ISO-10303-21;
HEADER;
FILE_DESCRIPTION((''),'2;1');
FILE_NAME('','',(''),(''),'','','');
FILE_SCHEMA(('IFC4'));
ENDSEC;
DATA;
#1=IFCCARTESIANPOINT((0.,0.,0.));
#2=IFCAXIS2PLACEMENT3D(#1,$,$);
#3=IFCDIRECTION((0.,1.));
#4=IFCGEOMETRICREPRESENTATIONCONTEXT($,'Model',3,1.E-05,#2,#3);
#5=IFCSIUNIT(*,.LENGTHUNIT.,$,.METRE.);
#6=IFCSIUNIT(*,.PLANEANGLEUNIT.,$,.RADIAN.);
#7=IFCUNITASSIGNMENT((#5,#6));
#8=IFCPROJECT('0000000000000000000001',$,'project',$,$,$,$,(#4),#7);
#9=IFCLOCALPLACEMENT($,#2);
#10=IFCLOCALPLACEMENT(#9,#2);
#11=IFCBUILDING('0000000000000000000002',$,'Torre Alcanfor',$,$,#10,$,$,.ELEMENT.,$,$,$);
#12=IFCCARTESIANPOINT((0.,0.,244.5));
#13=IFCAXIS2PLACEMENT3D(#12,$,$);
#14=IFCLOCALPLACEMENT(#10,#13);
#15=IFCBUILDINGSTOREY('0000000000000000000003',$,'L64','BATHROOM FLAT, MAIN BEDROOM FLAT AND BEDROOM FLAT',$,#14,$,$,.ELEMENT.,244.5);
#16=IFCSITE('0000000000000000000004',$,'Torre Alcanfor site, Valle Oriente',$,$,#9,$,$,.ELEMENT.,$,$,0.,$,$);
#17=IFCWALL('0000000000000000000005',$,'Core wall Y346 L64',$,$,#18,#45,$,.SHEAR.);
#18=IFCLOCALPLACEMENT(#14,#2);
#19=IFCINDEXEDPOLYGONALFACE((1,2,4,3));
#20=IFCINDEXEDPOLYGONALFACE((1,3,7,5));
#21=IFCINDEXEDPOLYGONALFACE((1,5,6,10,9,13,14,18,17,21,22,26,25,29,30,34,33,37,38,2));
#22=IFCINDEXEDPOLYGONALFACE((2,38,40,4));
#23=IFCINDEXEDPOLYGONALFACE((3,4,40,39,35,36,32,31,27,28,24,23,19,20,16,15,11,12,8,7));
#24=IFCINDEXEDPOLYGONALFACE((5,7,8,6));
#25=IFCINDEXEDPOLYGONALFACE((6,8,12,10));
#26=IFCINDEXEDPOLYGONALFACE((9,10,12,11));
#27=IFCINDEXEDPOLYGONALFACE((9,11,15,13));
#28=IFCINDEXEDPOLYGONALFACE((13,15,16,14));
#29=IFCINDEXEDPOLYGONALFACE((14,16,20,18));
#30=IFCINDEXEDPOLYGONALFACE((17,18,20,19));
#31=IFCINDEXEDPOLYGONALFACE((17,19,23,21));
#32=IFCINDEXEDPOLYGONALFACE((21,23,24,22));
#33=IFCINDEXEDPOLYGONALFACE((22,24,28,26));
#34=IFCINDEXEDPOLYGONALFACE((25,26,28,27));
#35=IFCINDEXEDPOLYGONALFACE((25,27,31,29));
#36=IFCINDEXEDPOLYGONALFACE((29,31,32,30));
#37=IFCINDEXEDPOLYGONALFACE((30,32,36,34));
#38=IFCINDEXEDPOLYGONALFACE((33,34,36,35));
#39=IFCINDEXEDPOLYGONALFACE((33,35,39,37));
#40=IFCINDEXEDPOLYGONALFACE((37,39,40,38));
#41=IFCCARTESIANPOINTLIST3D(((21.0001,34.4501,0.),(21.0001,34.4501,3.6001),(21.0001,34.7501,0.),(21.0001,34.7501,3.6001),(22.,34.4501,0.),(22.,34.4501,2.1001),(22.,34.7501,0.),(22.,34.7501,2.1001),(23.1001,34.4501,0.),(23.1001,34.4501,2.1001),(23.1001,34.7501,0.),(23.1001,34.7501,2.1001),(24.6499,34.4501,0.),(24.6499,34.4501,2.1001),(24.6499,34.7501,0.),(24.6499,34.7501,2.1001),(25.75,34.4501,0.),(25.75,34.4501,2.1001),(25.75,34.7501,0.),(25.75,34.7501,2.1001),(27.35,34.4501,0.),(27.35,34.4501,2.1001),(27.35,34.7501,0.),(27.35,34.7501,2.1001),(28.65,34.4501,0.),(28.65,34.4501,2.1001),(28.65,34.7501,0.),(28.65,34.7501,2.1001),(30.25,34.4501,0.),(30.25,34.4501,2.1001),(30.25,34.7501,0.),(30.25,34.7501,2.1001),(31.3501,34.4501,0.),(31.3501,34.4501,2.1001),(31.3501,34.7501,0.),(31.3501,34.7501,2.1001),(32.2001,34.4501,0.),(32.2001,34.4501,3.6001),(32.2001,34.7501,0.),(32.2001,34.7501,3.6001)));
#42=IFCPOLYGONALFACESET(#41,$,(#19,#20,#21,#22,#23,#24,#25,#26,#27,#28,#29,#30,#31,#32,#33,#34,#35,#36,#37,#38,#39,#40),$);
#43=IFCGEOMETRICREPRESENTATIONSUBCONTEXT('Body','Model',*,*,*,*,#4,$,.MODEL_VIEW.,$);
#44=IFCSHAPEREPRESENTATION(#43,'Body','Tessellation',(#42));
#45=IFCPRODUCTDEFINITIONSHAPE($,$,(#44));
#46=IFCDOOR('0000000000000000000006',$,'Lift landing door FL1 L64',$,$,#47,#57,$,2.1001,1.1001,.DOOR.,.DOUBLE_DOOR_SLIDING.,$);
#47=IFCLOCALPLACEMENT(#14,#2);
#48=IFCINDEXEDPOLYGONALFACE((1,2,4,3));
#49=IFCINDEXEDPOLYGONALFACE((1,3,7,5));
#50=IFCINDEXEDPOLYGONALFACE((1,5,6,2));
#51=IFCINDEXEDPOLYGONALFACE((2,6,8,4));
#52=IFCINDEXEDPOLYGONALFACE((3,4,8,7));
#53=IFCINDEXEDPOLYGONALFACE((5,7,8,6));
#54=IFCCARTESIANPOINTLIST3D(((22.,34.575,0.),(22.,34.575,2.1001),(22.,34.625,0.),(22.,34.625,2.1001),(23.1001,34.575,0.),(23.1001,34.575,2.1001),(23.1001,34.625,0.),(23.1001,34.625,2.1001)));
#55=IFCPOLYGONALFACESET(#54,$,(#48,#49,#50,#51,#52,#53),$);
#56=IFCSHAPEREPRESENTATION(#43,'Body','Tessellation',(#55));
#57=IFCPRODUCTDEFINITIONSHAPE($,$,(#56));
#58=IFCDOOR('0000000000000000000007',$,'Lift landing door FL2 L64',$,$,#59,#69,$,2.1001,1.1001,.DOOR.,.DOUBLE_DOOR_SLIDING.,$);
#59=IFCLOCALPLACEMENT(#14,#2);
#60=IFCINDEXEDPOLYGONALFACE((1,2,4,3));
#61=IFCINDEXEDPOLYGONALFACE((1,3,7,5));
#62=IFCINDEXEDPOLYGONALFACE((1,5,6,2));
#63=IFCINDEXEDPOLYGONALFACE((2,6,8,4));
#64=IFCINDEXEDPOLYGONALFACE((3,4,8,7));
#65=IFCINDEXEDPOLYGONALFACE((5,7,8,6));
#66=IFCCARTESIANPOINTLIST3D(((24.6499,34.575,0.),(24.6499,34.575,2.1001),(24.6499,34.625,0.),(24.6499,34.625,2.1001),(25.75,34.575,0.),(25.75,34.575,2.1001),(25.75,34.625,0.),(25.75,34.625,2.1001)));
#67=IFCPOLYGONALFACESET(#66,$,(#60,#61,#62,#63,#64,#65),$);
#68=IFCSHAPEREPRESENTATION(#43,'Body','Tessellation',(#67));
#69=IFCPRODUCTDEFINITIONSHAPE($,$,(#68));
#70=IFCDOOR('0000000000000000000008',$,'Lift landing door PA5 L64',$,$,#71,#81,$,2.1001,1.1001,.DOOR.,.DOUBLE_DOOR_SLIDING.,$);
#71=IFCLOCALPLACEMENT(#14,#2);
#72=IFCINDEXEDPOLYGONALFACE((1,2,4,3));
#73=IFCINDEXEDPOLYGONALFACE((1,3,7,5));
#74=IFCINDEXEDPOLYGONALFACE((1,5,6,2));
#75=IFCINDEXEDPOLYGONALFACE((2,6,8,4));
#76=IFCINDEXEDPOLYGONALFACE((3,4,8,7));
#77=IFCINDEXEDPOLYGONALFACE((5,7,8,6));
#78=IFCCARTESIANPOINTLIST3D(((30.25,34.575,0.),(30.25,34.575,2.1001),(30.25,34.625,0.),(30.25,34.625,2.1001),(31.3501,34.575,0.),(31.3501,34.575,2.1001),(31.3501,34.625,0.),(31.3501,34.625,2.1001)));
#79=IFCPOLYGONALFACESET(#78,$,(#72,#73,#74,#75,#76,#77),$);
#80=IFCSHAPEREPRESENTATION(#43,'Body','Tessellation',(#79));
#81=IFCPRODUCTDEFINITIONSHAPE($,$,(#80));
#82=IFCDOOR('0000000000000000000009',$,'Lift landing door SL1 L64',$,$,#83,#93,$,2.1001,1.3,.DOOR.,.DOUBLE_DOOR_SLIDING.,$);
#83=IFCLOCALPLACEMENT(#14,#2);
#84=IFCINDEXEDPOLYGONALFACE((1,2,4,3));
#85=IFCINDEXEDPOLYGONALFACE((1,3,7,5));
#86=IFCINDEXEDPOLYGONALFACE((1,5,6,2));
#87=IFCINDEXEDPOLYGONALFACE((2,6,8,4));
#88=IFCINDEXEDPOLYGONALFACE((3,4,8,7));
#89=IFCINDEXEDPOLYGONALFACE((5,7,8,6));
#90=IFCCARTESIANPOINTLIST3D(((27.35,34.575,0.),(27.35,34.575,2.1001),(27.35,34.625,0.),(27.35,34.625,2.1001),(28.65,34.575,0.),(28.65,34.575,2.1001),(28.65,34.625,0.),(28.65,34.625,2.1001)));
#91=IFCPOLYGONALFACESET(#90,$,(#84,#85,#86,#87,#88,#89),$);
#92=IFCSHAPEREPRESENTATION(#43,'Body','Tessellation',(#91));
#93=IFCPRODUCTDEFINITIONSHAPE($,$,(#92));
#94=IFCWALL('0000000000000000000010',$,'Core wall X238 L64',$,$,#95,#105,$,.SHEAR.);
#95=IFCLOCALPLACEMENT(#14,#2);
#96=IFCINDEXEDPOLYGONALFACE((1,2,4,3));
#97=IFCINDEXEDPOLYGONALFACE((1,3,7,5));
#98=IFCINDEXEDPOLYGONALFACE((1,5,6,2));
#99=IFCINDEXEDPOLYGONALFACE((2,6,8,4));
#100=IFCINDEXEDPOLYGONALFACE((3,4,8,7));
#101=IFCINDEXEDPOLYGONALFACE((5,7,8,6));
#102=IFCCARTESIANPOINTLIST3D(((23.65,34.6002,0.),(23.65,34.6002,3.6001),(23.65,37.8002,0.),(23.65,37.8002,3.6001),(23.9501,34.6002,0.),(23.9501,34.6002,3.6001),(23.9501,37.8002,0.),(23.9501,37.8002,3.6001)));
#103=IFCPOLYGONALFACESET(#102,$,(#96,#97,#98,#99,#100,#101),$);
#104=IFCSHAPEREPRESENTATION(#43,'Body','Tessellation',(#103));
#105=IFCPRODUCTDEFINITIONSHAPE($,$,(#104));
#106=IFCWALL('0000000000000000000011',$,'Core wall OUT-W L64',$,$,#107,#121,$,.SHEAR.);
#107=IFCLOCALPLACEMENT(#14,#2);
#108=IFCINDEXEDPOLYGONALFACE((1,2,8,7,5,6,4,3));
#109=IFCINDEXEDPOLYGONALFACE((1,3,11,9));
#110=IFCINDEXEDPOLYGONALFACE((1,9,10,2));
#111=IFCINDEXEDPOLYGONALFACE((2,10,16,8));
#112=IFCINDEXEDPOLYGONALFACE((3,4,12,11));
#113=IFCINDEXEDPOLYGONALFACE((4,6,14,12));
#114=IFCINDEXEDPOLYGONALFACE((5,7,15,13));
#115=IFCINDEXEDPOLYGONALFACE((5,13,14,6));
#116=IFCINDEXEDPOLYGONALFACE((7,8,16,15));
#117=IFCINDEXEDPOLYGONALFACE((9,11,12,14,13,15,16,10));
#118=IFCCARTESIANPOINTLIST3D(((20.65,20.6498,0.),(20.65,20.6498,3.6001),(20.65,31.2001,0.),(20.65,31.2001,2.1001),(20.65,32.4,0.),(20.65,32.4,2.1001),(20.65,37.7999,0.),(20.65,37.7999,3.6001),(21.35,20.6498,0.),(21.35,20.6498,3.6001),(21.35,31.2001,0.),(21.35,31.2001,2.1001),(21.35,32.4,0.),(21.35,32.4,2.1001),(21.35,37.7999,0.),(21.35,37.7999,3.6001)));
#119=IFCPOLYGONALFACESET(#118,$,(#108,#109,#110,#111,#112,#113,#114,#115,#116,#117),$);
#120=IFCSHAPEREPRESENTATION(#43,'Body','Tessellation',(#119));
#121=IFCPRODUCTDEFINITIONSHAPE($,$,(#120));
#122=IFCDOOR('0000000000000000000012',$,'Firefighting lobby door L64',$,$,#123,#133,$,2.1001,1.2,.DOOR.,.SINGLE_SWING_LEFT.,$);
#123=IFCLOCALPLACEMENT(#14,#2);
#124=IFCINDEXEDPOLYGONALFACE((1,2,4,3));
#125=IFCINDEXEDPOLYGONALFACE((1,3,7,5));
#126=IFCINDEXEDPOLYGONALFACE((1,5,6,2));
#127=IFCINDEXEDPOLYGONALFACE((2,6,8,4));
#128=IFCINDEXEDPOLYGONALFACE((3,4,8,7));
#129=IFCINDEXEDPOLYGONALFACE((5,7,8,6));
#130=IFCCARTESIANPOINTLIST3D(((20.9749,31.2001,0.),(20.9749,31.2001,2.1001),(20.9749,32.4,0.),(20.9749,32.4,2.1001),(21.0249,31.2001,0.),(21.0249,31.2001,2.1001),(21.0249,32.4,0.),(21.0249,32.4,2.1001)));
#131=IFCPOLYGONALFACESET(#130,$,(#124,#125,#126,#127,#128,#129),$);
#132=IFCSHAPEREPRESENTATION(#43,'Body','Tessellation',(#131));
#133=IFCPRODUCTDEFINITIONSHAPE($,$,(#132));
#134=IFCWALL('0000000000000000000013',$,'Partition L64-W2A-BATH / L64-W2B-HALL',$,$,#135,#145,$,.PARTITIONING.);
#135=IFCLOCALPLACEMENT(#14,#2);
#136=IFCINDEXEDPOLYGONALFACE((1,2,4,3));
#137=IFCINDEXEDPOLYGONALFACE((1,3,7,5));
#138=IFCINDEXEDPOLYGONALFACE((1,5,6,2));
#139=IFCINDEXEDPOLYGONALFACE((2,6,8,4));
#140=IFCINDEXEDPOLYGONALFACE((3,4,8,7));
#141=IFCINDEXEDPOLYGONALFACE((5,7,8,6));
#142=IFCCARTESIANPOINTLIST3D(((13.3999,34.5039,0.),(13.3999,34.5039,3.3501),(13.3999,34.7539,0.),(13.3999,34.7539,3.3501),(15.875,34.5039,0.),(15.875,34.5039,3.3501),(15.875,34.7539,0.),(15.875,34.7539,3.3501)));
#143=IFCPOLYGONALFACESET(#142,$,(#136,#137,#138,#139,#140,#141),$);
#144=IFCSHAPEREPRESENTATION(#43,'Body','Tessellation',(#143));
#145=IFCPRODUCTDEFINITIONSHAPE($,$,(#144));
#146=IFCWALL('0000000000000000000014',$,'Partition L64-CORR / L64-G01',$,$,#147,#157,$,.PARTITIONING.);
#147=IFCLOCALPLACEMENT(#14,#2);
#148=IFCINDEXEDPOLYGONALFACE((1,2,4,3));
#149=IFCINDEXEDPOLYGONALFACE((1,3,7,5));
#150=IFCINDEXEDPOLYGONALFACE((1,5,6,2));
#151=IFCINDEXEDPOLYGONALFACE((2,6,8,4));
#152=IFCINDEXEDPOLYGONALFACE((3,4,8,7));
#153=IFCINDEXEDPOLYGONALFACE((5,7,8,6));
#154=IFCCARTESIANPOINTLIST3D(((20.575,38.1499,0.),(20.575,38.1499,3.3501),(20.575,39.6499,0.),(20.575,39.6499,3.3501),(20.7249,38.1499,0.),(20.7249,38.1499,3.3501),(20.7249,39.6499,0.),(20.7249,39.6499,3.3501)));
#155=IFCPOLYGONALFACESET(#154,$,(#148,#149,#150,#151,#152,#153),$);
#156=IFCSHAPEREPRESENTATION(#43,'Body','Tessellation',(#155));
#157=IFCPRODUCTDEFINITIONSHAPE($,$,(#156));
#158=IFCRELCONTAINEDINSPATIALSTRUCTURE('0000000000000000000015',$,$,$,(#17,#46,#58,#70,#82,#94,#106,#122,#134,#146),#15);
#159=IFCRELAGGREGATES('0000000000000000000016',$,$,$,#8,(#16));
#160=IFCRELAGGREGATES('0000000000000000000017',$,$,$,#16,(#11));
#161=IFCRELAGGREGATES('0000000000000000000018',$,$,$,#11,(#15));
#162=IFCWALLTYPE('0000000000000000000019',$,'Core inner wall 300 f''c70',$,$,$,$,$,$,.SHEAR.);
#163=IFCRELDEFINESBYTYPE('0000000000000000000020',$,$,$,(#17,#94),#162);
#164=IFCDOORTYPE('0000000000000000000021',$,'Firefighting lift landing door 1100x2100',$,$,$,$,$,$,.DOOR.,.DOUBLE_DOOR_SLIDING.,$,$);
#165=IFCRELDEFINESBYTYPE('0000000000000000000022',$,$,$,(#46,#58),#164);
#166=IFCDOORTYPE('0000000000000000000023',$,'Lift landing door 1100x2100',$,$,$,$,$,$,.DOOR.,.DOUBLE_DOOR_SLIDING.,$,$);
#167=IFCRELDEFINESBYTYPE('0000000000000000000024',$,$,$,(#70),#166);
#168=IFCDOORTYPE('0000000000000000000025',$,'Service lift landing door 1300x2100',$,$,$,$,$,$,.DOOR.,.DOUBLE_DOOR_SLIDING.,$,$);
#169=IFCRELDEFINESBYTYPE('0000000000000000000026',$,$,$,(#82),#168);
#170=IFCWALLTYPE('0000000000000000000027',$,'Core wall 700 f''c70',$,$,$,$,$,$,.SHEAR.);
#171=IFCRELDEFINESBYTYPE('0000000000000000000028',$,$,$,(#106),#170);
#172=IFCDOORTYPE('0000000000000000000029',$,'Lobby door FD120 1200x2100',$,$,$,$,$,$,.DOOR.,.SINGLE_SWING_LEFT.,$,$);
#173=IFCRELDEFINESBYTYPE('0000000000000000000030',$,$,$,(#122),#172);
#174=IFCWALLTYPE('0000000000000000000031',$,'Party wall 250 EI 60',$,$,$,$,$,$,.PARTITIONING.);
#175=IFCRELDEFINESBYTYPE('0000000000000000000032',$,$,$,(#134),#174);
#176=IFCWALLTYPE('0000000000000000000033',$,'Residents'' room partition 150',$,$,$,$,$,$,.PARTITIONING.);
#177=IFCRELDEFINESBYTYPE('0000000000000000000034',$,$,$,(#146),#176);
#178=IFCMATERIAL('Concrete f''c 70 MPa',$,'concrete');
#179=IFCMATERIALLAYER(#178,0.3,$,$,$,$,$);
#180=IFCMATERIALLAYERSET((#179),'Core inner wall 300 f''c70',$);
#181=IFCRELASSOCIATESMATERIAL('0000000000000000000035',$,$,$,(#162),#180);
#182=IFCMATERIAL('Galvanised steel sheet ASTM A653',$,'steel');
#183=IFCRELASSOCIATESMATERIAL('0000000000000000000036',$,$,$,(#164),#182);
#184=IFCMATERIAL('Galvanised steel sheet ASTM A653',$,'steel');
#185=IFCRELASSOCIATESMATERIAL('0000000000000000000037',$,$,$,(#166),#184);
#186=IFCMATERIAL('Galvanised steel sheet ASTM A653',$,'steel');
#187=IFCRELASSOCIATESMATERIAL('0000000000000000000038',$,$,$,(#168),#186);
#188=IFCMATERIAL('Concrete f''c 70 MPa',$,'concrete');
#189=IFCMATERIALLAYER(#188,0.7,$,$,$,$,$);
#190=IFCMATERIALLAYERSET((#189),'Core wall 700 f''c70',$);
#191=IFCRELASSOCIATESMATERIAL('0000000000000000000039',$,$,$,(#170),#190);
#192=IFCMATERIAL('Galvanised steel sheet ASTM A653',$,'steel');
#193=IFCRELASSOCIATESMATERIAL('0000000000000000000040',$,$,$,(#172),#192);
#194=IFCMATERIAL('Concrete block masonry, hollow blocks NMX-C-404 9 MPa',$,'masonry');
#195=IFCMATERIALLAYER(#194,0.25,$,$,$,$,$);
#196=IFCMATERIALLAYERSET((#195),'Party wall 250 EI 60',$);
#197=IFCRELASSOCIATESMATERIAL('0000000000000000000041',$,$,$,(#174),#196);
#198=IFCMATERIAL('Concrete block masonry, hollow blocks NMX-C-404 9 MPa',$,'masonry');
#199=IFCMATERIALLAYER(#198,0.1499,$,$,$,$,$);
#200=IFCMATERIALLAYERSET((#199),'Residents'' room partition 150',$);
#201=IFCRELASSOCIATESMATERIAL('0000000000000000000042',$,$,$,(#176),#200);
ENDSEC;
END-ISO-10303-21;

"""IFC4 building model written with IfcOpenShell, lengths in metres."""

from ifc_helpers import new_model, si_unit, direction, frame, frame_2d, origin, place, context, subcontext, project, spatial, rectangle, extrude, material, layer, layer_set, type_object, element, fill, save


model = new_model("IFC4")

# Units and contexts
model_context = context("Model", 3, precision=1e-05, world=origin(), true_north=direction((0.0, 1.0)))
body_context = subcontext(model_context, "Body", "Model", "MODEL_VIEW")
ifc_project = project(units=[si_unit("LENGTHUNIT", "METRE"), si_unit("PLANEANGLEUNIT", "RADIAN")], contexts=[model_context])

# Site, building, storey
site_placement = place(None, origin())
site = spatial("IfcSite", under=ifc_project, at=site_placement, Name="Torre Alcanfor site, Valle Oriente", CompositionType="ELEMENT", RefElevation=0.0)
building_placement = place(site_placement, origin())
building = spatial("IfcBuilding", under=site, at=building_placement, Name="Torre Alcanfor", CompositionType="ELEMENT")
storey_placement = place(building_placement, frame((0.0, 0.0, 244.5)))
storey = spatial("IfcBuildingStorey", under=building, at=storey_placement, Name="L64", Description="BATHROOM FLAT, MAIN BEDROOM FLAT AND BEDROOM FLAT", CompositionType="ELEMENT", Elevation=244.5)

# Wall, openings, doors
ifc_material_1 = material(Name="Concrete f'c 70 MPa", Category="concrete")
ifc_layer_1 = layer(ifc_material_1, 0.3)
ifc_layer_set_1 = layer_set([ifc_layer_1], Name="Core inner wall 300 f'c70")
wall_type_1 = type_object("IfcWallType", Name="Core inner wall 300 f'c70", PredefinedType="SHEAR", material=ifc_layer_set_1)
wall_1_placement = place(storey_placement, frame((21.0, 34.6001, 0.0), z_axis=(0.0, 0.0, 1.0), x_axis=(1.0, 0.0, 0.0)))
wall_1 = element("IfcWall", 1, at=wall_1_placement, inside=storey, type_object=wall_type_1, Name="Core wall Y346 L64", PredefinedType="SHEAR", context=body_context, shape_type="SweptSolid", body=[
    extrude(rectangle(XDim=11.2, YDim=0.3, at=frame_2d((5.6001, 0.0))), origin(), (0.0, 0.0, 1.0), 3.6001),
])
opening_1_placement = place(wall_1_placement, frame((9.25, 0.0, 0.0)))
opening_1 = element("IfcOpeningElement", 2, at=opening_1_placement, cuts=wall_1, PredefinedType="OPENING", context=body_context, shape_type="SweptSolid", body=[
    extrude(rectangle(XDim=1.1001, YDim=2.1001, at=frame_2d((0.55, 1.05))), frame((0.0, 0.1599, 0.0), z_axis=(0.0, -1.0, 0.0), x_axis=(1.0, 0.0, 0.0)), (0.0, 0.0, 1.0), 0.3201),
])
opening_2_placement = place(wall_1_placement, frame((1.0, 0.0, 0.0)))
opening_2 = element("IfcOpeningElement", 3, at=opening_2_placement, cuts=wall_1, PredefinedType="OPENING", context=body_context, shape_type="SweptSolid", body=[
    extrude(rectangle(XDim=1.1001, YDim=2.1001, at=frame_2d((0.55, 1.05))), frame((0.0, 0.1599, 0.0), z_axis=(0.0, -1.0, 0.0), x_axis=(1.0, 0.0, 0.0)), (0.0, 0.0, 1.0), 0.3201),
])
opening_3_placement = place(wall_1_placement, frame((3.6499, 0.0, 0.0)))
opening_3 = element("IfcOpeningElement", 4, at=opening_3_placement, cuts=wall_1, PredefinedType="OPENING", context=body_context, shape_type="SweptSolid", body=[
    extrude(rectangle(XDim=1.1001, YDim=2.1001, at=frame_2d((0.55, 1.05))), frame((0.0, 0.1599, 0.0), z_axis=(0.0, -1.0, 0.0), x_axis=(1.0, 0.0, 0.0)), (0.0, 0.0, 1.0), 0.3201),
])
opening_4_placement = place(wall_1_placement, frame((6.3501, 0.0, 0.0)))
opening_4 = element("IfcOpeningElement", 5, at=opening_4_placement, cuts=wall_1, PredefinedType="OPENING", context=body_context, shape_type="SweptSolid", body=[
    extrude(rectangle(XDim=1.3, YDim=2.1001, at=frame_2d((0.6499, 1.05))), frame((0.0, 0.1599, 0.0), z_axis=(0.0, -1.0, 0.0), x_axis=(1.0, 0.0, 0.0)), (0.0, 0.0, 1.0), 0.3201),
])
ifc_material_2 = material(Name="Galvanised steel sheet ASTM A653", Category="steel")
door_type_1 = type_object("IfcDoorType", Name="Firefighting lift landing door 1100x2100", OperationType="DOUBLE_DOOR_SLIDING", PredefinedType="DOOR", material=ifc_material_2)
door_1_placement = place(opening_2_placement, origin())
door_1 = element("IfcDoor", 6, at=door_1_placement, inside=storey, type_object=door_type_1, Name="Lift landing door FL1 L64", OperationType="DOUBLE_DOOR_SLIDING", OverallHeight=2.1001, OverallWidth=1.1001, PredefinedType="DOOR", context=body_context, shape_type="SweptSolid", body=[
    extrude(rectangle(XDim=1.1001, YDim=2.1001, at=frame_2d((0.55, 1.05))), frame((0.0, 0.0249, 0.0), z_axis=(0.0, -1.0, 0.0), x_axis=(1.0, 0.0, 0.0)), (0.0, 0.0, 1.0), 0.05),
])
fill(opening_2, door_1)
door_2_placement = place(opening_3_placement, origin())
door_2 = element("IfcDoor", 7, at=door_2_placement, inside=storey, type_object=door_type_1, Name="Lift landing door FL2 L64", OperationType="DOUBLE_DOOR_SLIDING", OverallHeight=2.1001, OverallWidth=1.1001, PredefinedType="DOOR", context=body_context, shape_type="SweptSolid", body=[
    extrude(rectangle(XDim=1.1001, YDim=2.1001, at=frame_2d((0.55, 1.05))), frame((0.0, 0.0249, 0.0), z_axis=(0.0, -1.0, 0.0), x_axis=(1.0, 0.0, 0.0)), (0.0, 0.0, 1.0), 0.05),
])
fill(opening_3, door_2)
ifc_material_3 = material(Name="Galvanised steel sheet ASTM A653", Category="steel")
door_type_2 = type_object("IfcDoorType", Name="Lift landing door 1100x2100", OperationType="DOUBLE_DOOR_SLIDING", PredefinedType="DOOR", material=ifc_material_3)
door_3_placement = place(opening_1_placement, origin())
door_3 = element("IfcDoor", 8, at=door_3_placement, inside=storey, type_object=door_type_2, Name="Lift landing door PA5 L64", OperationType="DOUBLE_DOOR_SLIDING", OverallHeight=2.1001, OverallWidth=1.1001, PredefinedType="DOOR", context=body_context, shape_type="SweptSolid", body=[
    extrude(rectangle(XDim=1.1001, YDim=2.1001, at=frame_2d((0.55, 1.05))), frame((0.0, 0.0249, 0.0), z_axis=(0.0, -1.0, 0.0), x_axis=(1.0, 0.0, 0.0)), (0.0, 0.0, 1.0), 0.05),
])
fill(opening_1, door_3)
ifc_material_4 = material(Name="Galvanised steel sheet ASTM A653", Category="steel")
door_type_3 = type_object("IfcDoorType", Name="Service lift landing door 1300x2100", OperationType="DOUBLE_DOOR_SLIDING", PredefinedType="DOOR", material=ifc_material_4)
door_4_placement = place(opening_4_placement, origin())
door_4 = element("IfcDoor", 9, at=door_4_placement, inside=storey, type_object=door_type_3, Name="Lift landing door SL1 L64", OperationType="DOUBLE_DOOR_SLIDING", OverallHeight=2.1001, OverallWidth=1.3, PredefinedType="DOOR", context=body_context, shape_type="SweptSolid", body=[
    extrude(rectangle(XDim=1.3, YDim=2.1001, at=frame_2d((0.6499, 1.05))), frame((0.0, 0.0249, 0.0), z_axis=(0.0, -1.0, 0.0), x_axis=(1.0, 0.0, 0.0)), (0.0, 0.0, 1.0), 0.05),
])
fill(opening_4, door_4)

# Wall
wall_2_placement = place(storey_placement, frame((23.8, 34.6001, 0.0), z_axis=(0.0, 0.0, 1.0), x_axis=(0.0, 1.0, 0.0)))
element("IfcWall", 10, at=wall_2_placement, inside=storey, type_object=wall_type_1, Name="Core wall X238 L64", PredefinedType="SHEAR", context=body_context, shape_type="SweptSolid", body=[
    extrude(rectangle(XDim=3.2, YDim=0.3, at=frame_2d((1.6001, 0.0))), origin(), (0.0, 0.0, 1.0), 3.6001),
])

# Wall, opening, door
ifc_material_5 = material(Name="Concrete f'c 70 MPa", Category="concrete")
ifc_layer_2 = layer(ifc_material_5, 0.7)
ifc_layer_set_2 = layer_set([ifc_layer_2], Name="Core wall 700 f'c70")
wall_type_2 = type_object("IfcWallType", Name="Core wall 700 f'c70", PredefinedType="SHEAR", material=ifc_layer_set_2)
wall_3_placement = place(storey_placement, frame((21.0, 37.8, 0.0), z_axis=(0.0, 0.0, 1.0), x_axis=(0.0, -1.0, 0.0)))
wall_3 = element("IfcWall", 11, at=wall_3_placement, inside=storey, type_object=wall_type_2, Name="Core wall OUT-W L64", PredefinedType="SHEAR", context=body_context, shape_type="SweptSolid", body=[
    extrude(rectangle(XDim=17.1501, YDim=0.7, at=frame_2d((8.5752, 0.0))), origin(), (0.0, 0.0, 1.0), 3.6001),
])
opening_5_placement = place(wall_3_placement, frame((5.3999, 0.0, 0.0)))
opening_5 = element("IfcOpeningElement", 12, at=opening_5_placement, cuts=wall_3, PredefinedType="OPENING", context=body_context, shape_type="SweptSolid", body=[
    extrude(rectangle(XDim=1.2, YDim=2.1001, at=frame_2d((0.6001, 1.05))), frame((0.0, 0.3599, 0.0), z_axis=(0.0, -1.0, 0.0), x_axis=(1.0, 0.0, 0.0)), (0.0, 0.0, 1.0), 0.72),
])
ifc_material_6 = material(Name="Galvanised steel sheet ASTM A653", Category="steel")
door_type_4 = type_object("IfcDoorType", Name="Lobby door FD120 1200x2100", OperationType="SINGLE_SWING_LEFT", PredefinedType="DOOR", material=ifc_material_6)
door_5_placement = place(opening_5_placement, origin())
door_5 = element("IfcDoor", 13, at=door_5_placement, inside=storey, type_object=door_type_4, Name="Firefighting lobby door L64", OperationType="SINGLE_SWING_LEFT", OverallHeight=2.1001, OverallWidth=1.2, PredefinedType="DOOR", context=body_context, shape_type="SweptSolid", body=[
    extrude(rectangle(XDim=1.2, YDim=2.1001, at=frame_2d((0.6001, 1.05))), frame((0.0, 0.0249, 0.0), z_axis=(0.0, -1.0, 0.0), x_axis=(1.0, 0.0, 0.0)), (0.0, 0.0, 1.0), 0.05),
])
fill(opening_5, door_5)

# Walls
ifc_material_7 = material(Name="Concrete block masonry, hollow blocks NMX-C-404 9 MPa", Category="masonry")
ifc_layer_3 = layer(ifc_material_7, 0.25)
ifc_layer_set_3 = layer_set([ifc_layer_3], Name="Party wall 250 EI 60")
wall_type_3 = type_object("IfcWallType", Name="Party wall 250 EI 60", PredefinedType="PARTITIONING", material=ifc_layer_set_3)
wall_4_placement = place(storey_placement, frame((13.3999, 34.6289, 0.0), z_axis=(0.0, 0.0, 1.0), x_axis=(1.0, 0.0, 0.0)))
element("IfcWall", 14, at=wall_4_placement, inside=storey, type_object=wall_type_3, Name="Partition L64-W2A-BATH / L64-W2B-HALL", PredefinedType="PARTITIONING", context=body_context, shape_type="SweptSolid", body=[
    extrude(rectangle(XDim=2.4751, YDim=0.25, at=frame_2d((1.2375, 0.0))), origin(), (0.0, 0.0, 1.0), 3.3501),
])
ifc_material_8 = material(Name="Concrete block masonry, hollow blocks NMX-C-404 9 MPa", Category="masonry")
ifc_layer_4 = layer(ifc_material_8, 0.1499)
ifc_layer_set_4 = layer_set([ifc_layer_4], Name="Residents' room partition 150")
wall_type_4 = type_object("IfcWallType", Name="Residents' room partition 150", PredefinedType="PARTITIONING", material=ifc_layer_set_4)
wall_5_placement = place(storey_placement, frame((20.6499, 39.6499, 0.0), z_axis=(0.0, 0.0, 1.0), x_axis=(0.0, -1.0, 0.0)))
element("IfcWall", 15, at=wall_5_placement, inside=storey, type_object=wall_type_4, Name="Partition L64-CORR / L64-G01", PredefinedType="PARTITIONING", context=body_context, shape_type="SweptSolid", body=[
    extrude(rectangle(XDim=1.5, YDim=0.1499, at=frame_2d((0.75, 0.0))), origin(), (0.0, 0.0, 1.0), 3.3501),
])

save(model, "model.ifc")
